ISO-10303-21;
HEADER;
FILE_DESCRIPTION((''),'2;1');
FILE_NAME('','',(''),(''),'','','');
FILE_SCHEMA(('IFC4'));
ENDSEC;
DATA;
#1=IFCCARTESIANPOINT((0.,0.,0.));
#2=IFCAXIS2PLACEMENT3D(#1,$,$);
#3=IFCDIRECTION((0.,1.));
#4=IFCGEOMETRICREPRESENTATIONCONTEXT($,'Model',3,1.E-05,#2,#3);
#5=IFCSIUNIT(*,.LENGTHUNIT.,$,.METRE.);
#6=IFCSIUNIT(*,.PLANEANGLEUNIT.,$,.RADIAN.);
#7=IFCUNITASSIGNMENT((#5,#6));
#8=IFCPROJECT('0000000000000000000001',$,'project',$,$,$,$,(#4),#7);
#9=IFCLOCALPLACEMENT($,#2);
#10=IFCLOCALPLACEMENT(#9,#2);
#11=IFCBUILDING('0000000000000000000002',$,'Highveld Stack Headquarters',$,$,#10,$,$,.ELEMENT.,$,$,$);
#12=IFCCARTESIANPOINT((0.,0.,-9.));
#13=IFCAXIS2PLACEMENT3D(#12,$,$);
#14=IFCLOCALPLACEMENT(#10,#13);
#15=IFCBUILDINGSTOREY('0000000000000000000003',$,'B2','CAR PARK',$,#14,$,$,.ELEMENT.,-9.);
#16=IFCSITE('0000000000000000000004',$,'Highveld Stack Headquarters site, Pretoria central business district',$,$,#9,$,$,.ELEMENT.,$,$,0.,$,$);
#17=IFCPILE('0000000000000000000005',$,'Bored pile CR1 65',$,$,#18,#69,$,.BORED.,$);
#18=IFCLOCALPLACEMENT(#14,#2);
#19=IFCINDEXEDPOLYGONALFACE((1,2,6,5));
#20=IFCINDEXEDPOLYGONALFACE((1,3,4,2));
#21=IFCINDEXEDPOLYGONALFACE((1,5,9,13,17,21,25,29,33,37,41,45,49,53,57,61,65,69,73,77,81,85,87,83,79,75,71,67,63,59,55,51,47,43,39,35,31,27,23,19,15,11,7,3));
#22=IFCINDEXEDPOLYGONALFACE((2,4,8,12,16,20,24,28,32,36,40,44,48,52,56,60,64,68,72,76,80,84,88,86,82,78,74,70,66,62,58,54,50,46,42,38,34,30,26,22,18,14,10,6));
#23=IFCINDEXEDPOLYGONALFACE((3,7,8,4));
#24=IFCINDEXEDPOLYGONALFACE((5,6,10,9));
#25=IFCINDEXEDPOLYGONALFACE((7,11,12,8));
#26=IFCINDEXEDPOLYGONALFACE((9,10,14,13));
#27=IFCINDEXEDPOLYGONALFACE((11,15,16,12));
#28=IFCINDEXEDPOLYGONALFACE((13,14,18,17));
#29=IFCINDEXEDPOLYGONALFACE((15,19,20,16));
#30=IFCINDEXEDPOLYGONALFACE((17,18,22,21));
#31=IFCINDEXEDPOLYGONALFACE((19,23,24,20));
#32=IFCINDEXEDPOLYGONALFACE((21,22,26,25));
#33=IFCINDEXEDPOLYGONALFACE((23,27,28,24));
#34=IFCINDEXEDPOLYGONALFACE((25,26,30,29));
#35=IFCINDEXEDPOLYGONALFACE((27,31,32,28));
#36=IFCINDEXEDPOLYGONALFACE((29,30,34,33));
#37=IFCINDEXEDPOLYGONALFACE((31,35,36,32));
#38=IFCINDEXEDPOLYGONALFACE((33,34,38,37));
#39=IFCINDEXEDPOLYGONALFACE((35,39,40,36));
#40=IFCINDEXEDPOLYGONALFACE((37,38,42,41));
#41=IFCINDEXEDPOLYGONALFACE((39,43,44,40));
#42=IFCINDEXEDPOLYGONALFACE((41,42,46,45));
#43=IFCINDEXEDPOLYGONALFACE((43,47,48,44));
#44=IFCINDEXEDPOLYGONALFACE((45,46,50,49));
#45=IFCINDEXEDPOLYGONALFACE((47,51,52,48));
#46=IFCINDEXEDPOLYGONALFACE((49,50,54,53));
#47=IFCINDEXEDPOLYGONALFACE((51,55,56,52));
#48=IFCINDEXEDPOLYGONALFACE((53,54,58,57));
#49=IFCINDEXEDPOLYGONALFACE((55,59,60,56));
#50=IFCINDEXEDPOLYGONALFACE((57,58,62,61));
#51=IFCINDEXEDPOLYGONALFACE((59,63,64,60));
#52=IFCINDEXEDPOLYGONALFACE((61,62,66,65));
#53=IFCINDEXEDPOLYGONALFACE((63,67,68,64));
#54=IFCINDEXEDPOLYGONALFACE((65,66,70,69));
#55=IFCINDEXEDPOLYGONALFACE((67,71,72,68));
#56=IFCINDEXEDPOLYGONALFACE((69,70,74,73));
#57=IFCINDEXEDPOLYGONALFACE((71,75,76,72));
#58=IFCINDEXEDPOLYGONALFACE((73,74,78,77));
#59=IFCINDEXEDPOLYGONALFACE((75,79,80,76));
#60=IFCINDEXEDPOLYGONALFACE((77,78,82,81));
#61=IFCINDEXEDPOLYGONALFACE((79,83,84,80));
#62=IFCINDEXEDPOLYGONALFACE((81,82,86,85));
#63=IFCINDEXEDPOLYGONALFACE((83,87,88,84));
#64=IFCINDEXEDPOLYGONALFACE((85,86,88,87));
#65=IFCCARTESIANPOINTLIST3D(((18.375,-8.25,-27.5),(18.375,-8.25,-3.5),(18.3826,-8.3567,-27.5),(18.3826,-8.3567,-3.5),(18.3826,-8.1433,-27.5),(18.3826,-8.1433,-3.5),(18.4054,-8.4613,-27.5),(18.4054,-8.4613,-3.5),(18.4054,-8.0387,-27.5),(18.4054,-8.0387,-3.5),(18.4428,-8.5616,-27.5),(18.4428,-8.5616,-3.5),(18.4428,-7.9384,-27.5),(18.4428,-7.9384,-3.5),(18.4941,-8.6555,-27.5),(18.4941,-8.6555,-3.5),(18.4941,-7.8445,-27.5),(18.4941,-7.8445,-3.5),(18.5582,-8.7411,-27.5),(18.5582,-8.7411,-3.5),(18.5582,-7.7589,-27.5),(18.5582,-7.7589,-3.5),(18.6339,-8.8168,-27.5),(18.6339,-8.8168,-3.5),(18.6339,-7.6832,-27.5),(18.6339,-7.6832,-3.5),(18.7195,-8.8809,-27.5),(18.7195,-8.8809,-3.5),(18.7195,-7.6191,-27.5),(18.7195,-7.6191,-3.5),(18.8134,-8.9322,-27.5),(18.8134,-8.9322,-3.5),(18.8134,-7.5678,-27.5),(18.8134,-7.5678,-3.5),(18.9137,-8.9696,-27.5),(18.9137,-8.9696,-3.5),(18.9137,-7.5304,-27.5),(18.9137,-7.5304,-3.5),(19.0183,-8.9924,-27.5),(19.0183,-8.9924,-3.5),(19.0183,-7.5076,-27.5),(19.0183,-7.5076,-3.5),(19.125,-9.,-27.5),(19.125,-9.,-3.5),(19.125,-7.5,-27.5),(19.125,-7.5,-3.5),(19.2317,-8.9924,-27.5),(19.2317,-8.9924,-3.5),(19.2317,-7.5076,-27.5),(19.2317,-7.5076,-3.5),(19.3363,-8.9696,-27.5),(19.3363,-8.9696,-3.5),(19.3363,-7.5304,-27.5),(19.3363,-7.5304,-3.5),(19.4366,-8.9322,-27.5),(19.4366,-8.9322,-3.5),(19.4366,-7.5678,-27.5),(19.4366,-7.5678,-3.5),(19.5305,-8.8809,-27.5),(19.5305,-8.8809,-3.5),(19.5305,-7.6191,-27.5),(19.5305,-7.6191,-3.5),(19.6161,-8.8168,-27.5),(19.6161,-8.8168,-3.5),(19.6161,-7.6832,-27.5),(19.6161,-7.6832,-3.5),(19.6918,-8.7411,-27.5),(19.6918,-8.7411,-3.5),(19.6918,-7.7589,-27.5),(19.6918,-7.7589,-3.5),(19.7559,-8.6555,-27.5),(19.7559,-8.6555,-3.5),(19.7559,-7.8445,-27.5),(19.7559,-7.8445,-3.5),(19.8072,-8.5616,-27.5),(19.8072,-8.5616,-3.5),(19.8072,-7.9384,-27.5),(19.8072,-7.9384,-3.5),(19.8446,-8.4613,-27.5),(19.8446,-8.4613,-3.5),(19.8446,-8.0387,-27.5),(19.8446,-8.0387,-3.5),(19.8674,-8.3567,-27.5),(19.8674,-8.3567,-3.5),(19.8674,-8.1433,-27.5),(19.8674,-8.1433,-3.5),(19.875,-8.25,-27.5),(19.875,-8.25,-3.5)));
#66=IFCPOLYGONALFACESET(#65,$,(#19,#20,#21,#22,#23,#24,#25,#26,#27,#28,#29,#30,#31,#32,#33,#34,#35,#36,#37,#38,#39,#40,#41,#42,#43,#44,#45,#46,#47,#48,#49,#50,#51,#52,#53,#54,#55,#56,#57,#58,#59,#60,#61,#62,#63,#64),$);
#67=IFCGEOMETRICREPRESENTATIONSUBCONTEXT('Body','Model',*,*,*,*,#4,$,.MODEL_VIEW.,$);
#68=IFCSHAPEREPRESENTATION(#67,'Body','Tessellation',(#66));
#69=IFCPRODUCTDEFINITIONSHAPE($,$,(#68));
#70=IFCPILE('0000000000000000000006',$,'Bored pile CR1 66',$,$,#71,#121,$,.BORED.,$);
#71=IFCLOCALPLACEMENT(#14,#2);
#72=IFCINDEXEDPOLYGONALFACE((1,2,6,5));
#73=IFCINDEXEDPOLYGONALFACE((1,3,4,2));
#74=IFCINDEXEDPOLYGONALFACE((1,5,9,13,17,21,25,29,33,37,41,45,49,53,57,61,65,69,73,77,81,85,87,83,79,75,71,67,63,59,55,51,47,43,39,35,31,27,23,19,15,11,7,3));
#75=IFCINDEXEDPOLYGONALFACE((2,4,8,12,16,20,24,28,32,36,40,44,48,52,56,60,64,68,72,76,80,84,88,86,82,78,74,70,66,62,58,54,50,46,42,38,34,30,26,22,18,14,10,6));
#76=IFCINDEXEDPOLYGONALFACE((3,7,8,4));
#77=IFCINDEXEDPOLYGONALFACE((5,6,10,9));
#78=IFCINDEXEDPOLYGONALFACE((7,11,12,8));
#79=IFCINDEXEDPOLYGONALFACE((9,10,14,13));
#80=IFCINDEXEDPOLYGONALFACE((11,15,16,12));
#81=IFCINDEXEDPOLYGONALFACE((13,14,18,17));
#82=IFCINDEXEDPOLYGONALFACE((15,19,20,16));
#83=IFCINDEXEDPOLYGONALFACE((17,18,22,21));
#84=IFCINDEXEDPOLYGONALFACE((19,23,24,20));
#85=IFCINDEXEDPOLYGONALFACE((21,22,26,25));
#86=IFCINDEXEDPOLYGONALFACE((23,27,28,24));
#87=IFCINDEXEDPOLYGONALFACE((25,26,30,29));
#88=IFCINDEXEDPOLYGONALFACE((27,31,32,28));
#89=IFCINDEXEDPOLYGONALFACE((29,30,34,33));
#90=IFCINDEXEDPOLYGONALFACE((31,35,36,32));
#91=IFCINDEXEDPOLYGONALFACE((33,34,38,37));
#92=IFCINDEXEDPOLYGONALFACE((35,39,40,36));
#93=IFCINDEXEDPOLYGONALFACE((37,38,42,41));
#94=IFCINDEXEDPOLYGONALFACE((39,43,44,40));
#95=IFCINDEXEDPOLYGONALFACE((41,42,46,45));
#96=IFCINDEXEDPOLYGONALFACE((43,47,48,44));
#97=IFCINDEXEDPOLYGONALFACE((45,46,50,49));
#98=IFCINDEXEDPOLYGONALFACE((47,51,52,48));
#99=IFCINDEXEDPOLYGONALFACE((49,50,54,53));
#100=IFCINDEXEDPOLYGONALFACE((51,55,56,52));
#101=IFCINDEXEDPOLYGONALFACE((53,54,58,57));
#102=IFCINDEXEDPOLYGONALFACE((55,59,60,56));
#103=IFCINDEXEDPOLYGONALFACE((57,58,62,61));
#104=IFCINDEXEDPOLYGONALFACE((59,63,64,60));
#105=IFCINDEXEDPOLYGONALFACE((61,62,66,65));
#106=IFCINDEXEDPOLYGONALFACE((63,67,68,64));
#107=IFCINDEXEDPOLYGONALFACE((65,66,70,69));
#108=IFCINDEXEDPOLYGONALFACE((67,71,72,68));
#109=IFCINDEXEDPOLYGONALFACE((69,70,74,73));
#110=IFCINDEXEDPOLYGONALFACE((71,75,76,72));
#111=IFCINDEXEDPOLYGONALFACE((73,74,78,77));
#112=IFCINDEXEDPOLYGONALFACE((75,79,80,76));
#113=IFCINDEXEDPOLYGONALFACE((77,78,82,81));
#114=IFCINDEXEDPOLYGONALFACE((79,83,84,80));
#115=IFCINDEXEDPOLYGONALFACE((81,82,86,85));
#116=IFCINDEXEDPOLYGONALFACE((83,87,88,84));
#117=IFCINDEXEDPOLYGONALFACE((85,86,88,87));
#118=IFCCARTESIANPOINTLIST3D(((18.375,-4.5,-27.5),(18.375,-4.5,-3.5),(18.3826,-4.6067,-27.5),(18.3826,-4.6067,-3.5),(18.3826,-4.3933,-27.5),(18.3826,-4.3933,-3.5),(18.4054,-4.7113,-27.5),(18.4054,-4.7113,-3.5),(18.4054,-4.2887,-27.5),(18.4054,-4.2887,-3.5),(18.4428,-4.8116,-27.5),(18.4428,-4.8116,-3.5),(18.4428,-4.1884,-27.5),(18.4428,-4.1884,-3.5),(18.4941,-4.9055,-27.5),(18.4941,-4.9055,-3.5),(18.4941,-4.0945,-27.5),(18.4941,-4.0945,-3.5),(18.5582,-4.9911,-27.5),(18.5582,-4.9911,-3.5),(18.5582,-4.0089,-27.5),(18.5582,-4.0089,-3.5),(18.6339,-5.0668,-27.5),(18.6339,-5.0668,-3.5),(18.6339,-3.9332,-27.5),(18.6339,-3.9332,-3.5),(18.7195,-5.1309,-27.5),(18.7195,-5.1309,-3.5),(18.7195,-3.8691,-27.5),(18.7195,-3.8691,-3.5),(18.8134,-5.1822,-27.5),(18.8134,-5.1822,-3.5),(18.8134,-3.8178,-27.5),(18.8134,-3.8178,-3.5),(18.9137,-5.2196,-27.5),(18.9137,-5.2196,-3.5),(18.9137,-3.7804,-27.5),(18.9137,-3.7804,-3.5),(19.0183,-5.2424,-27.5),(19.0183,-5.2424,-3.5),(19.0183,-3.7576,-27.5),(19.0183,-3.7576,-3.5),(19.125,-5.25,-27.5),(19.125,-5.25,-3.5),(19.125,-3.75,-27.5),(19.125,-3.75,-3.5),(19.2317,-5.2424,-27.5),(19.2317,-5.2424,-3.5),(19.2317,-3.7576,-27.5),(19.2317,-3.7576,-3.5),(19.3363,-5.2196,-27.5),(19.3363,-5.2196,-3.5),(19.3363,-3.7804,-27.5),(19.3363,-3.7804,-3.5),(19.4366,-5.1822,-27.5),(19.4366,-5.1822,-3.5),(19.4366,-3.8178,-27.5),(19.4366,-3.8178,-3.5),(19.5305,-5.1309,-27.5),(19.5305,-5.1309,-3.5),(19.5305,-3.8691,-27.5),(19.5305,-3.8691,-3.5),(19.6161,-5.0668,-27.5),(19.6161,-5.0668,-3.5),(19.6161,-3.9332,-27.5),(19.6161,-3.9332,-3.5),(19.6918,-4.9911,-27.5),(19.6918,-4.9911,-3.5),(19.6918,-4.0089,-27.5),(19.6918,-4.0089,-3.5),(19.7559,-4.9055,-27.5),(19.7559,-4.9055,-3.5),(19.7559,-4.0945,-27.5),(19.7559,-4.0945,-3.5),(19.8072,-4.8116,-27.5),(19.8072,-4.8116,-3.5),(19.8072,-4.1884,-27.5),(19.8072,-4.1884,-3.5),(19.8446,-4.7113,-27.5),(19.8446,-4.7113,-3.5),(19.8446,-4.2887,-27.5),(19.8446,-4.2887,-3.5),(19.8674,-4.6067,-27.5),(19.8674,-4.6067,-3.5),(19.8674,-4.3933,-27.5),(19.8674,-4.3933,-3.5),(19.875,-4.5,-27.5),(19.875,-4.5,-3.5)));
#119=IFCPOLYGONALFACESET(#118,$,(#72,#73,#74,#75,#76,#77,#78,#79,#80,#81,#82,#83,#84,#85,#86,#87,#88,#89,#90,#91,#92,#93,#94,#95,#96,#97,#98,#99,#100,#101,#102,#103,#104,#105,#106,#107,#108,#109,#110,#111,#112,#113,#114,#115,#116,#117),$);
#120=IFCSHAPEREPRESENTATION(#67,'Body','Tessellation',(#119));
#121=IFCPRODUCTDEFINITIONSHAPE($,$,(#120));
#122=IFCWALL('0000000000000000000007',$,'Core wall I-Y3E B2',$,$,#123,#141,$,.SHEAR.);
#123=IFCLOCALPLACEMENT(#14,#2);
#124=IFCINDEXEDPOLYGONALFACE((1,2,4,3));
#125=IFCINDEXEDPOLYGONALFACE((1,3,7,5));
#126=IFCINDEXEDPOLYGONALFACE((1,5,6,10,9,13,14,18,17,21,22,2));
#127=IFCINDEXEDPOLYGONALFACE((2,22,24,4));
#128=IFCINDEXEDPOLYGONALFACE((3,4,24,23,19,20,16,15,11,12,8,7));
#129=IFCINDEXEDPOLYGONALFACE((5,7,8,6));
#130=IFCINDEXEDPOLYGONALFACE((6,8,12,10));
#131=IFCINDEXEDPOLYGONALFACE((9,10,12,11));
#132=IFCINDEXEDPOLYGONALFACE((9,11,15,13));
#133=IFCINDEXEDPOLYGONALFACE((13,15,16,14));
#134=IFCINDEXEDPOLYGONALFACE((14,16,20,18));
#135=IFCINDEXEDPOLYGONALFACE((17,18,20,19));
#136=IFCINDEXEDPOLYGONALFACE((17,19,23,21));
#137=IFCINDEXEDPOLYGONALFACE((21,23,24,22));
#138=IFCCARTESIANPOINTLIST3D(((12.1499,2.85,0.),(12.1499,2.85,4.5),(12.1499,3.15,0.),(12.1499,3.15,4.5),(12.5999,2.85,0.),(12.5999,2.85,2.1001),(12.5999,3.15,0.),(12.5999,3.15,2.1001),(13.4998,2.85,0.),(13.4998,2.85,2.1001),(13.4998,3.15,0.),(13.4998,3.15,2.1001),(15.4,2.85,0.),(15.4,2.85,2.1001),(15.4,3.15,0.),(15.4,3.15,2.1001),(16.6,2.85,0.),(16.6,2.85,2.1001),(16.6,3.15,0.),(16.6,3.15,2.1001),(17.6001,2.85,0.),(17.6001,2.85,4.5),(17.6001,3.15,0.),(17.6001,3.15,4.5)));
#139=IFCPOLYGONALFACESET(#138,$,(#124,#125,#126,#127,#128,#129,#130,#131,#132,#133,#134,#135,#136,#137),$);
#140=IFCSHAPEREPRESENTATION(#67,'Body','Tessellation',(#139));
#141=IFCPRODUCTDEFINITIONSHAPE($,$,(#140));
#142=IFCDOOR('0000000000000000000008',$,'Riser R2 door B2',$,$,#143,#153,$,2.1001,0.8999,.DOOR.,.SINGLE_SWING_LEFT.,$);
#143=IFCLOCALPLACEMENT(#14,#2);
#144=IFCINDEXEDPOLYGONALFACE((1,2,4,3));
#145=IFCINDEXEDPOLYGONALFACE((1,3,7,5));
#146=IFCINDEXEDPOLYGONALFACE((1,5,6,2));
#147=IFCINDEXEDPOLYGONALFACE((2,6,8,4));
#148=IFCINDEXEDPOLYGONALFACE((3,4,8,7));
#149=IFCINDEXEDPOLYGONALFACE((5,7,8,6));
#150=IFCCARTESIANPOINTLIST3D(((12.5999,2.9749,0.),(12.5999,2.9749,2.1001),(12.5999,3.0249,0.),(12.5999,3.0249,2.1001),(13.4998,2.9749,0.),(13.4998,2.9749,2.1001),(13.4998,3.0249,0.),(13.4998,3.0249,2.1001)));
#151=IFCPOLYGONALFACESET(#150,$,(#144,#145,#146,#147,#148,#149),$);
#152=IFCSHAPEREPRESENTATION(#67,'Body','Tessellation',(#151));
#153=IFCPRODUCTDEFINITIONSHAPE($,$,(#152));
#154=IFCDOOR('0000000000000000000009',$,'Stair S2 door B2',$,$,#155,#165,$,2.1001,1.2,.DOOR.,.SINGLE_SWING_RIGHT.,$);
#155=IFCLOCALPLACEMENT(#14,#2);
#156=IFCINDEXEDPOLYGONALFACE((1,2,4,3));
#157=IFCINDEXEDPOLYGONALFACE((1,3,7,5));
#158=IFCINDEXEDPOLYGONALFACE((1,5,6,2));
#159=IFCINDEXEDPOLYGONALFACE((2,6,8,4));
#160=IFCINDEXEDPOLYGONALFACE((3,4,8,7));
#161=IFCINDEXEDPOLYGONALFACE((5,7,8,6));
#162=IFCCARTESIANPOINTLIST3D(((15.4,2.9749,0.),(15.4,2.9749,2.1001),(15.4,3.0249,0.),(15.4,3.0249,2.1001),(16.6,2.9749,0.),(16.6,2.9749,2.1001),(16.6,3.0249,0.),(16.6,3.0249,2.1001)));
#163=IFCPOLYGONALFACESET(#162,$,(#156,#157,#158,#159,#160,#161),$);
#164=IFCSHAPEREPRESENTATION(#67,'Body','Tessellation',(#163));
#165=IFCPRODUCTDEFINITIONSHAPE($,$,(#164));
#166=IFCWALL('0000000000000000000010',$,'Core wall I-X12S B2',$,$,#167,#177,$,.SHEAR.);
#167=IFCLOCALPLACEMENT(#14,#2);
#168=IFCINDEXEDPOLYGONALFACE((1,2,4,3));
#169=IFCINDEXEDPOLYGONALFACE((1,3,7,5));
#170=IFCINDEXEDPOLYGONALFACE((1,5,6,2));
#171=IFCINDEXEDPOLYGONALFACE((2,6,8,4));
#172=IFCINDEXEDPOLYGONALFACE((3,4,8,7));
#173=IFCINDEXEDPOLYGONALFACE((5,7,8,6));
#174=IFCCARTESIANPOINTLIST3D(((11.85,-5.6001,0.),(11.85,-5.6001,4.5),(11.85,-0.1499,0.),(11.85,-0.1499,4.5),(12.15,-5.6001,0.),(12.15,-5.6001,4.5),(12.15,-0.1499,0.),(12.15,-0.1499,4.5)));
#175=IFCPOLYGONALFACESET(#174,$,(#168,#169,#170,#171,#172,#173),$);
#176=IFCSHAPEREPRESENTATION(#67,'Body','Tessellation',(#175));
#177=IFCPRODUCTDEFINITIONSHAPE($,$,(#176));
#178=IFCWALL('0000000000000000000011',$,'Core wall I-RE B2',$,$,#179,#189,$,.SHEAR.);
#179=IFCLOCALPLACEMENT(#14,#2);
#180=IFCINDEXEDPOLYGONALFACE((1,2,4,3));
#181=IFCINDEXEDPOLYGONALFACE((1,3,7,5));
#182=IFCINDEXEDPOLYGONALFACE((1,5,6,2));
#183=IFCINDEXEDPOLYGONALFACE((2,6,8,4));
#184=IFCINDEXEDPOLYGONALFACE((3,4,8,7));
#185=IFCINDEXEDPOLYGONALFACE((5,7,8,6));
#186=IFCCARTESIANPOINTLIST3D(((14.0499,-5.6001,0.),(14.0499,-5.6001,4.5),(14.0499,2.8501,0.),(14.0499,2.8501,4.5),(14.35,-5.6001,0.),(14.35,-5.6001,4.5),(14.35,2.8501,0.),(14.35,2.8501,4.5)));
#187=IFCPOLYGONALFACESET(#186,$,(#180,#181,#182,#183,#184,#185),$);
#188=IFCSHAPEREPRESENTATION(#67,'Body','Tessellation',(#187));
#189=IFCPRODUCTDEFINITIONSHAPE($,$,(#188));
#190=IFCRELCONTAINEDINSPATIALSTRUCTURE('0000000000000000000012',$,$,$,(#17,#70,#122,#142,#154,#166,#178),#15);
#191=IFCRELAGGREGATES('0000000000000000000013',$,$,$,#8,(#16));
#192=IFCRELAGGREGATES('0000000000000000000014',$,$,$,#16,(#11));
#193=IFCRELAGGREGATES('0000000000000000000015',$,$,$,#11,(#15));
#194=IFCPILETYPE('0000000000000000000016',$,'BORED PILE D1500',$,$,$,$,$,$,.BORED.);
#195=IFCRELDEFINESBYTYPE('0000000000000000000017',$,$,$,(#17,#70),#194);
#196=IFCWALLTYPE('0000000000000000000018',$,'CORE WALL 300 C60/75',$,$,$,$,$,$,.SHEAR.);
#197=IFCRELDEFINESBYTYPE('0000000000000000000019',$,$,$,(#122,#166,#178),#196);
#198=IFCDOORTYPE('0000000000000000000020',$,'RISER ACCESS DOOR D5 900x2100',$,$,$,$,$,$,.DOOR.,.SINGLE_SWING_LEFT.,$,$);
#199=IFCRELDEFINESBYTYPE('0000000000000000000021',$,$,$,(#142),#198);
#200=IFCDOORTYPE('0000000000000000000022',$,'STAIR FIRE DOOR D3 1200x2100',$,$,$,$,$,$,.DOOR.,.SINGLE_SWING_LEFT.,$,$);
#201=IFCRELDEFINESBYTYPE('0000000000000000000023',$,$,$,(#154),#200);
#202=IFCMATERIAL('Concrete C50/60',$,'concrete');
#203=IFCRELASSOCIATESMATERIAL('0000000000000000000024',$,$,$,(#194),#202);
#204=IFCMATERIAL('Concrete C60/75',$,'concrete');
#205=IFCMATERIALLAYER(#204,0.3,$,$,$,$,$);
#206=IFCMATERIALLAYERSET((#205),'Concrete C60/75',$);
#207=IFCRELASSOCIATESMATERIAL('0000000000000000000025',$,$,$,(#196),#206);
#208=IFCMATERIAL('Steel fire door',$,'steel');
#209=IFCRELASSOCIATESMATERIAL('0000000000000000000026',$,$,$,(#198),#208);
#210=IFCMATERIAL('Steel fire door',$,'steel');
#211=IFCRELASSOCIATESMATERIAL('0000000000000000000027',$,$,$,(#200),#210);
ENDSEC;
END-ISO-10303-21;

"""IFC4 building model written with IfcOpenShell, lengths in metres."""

from ifc_helpers import new_model, si_unit, direction, frame, frame_2d, origin, origin_2d, place, context, subcontext, project, spatial, rectangle, circle, extrude, material, layer, layer_set, type_object, element, fill, save


model = new_model("IFC4")

# Units and contexts
model_context = context("Model", 3, precision=1e-05, world=origin(), true_north=direction((0.0, 1.0)))
body_context = subcontext(model_context, "Body", "Model", "MODEL_VIEW")
ifc_project = project(units=[si_unit("LENGTHUNIT", "METRE"), si_unit("PLANEANGLEUNIT", "RADIAN")], contexts=[model_context])

# Site, building, storey
site_placement = place(None, origin())
site = spatial("IfcSite", under=ifc_project, at=site_placement, Name="Highveld Stack Headquarters site, Pretoria central business district", CompositionType="ELEMENT", RefElevation=0.0)
building_placement = place(site_placement, origin())
building = spatial("IfcBuilding", under=site, at=building_placement, Name="Highveld Stack Headquarters", CompositionType="ELEMENT")
storey_placement = place(building_placement, frame((0.0, 0.0, -9.0)))
storey = spatial("IfcBuildingStorey", under=building, at=storey_placement, Name="B2", Description="CAR PARK", CompositionType="ELEMENT", Elevation=-9.0)

# Piles
ifc_material_1 = material(Name="Concrete C50/60", Category="concrete")
pile_type = type_object("IfcPileType", Name="BORED PILE D1500", PredefinedType="BORED", material=ifc_material_1)
for number, where, z_axis, x_axis, name in (
    (1, (19.125, -8.25, -3.5), (0.0, 0.0, -1.0), (1.0, 0.0, 0.0), "Bored pile CR1 65"),
    (2, (19.125, -4.5, -3.5), (0.0, 0.0, -1.0), (1.0, 0.0, 0.0), "Bored pile CR1 66"),
):
    element("IfcPile", number, at=place(storey_placement, frame(where, z_axis=z_axis, x_axis=x_axis)), inside=storey, type_object=pile_type, Name=name, PredefinedType="BORED", context=body_context, shape_type="SweptSolid", body=[
        extrude(circle(Radius=0.75, at=origin_2d()), origin(), (0.0, 0.0, 1.0), 24.0),
    ])

# Wall, openings, doors
ifc_material_2 = material(Name="Concrete C60/75", Category="concrete")
ifc_layer_1 = layer(ifc_material_2, 0.3)
ifc_layer_set_1 = layer_set([ifc_layer_1], Name="Concrete C60/75")
wall_type_1 = type_object("IfcWallType", Name="CORE WALL 300 C60/75", PredefinedType="SHEAR", material=ifc_layer_set_1)
wall_1_placement = place(storey_placement, frame((12.1499, 3.0, 0.0), z_axis=(0.0, 0.0, 1.0), x_axis=(1.0, 0.0, 0.0)))
wall_1 = element("IfcWall", 3, at=wall_1_placement, inside=storey, type_object=wall_type_1, Name="Core wall I-Y3E B2", PredefinedType="SHEAR", context=body_context, shape_type="SweptSolid", body=[
    extrude(rectangle(XDim=5.4502, YDim=0.3, at=frame_2d((2.7251, 0.0))), origin(), (0.0, 0.0, 1.0), 4.5),
])
opening_1_placement = place(wall_1_placement, frame((3.25, 0.0, 0.0)))
opening_1 = element("IfcOpeningElement", 4, at=opening_1_placement, cuts=wall_1, PredefinedType="OPENING", context=body_context, shape_type="SweptSolid", body=[
    extrude(rectangle(XDim=1.2, YDim=2.1001, at=frame_2d((0.6001, 1.05))), frame((0.0, 0.1599, 0.0), z_axis=(0.0, -1.0, 0.0), x_axis=(1.0, 0.0, 0.0)), (0.0, 0.0, 1.0), 0.3201),
])
opening_2_placement = place(wall_1_placement, frame((0.45, 0.0, 0.0)))
opening_2 = element("IfcOpeningElement", 5, at=opening_2_placement, cuts=wall_1, PredefinedType="OPENING", context=body_context, shape_type="SweptSolid", body=[
    extrude(rectangle(XDim=0.8999, YDim=2.1001, at=frame_2d((0.45, 1.05))), frame((0.0, 0.1599, 0.0), z_axis=(0.0, -1.0, 0.0), x_axis=(1.0, 0.0, 0.0)), (0.0, 0.0, 1.0), 0.3201),
])
ifc_material_3 = material(Name="Steel fire door", Category="steel")
door_type_1 = type_object("IfcDoorType", Name="RISER ACCESS DOOR D5 900x2100", OperationType="SINGLE_SWING_LEFT", PredefinedType="DOOR", material=ifc_material_3)
door_1_placement = place(opening_2_placement, origin())
door_1 = element("IfcDoor", 6, at=door_1_placement, inside=storey, type_object=door_type_1, Name="Riser R2 door B2", OperationType="SINGLE_SWING_LEFT", OverallHeight=2.1001, OverallWidth=0.8999, PredefinedType="DOOR", context=body_context, shape_type="SweptSolid", body=[
    extrude(rectangle(XDim=0.8999, YDim=2.1001, at=frame_2d((0.45, 1.05))), frame((0.0, 0.0249, 0.0), z_axis=(0.0, -1.0, 0.0), x_axis=(1.0, 0.0, 0.0)), (0.0, 0.0, 1.0), 0.05),
])
fill(opening_2, door_1)
ifc_material_4 = material(Name="Steel fire door", Category="steel")
door_type_2 = type_object("IfcDoorType", Name="STAIR FIRE DOOR D3 1200x2100", OperationType="SINGLE_SWING_LEFT", PredefinedType="DOOR", material=ifc_material_4)
door_2_placement = place(opening_1_placement, origin())
door_2 = element("IfcDoor", 7, at=door_2_placement, inside=storey, type_object=door_type_2, Name="Stair S2 door B2", OperationType="SINGLE_SWING_RIGHT", OverallHeight=2.1001, OverallWidth=1.2, PredefinedType="DOOR", context=body_context, shape_type="SweptSolid", body=[
    extrude(rectangle(XDim=1.2, YDim=2.1001, at=frame_2d((0.6001, 1.05))), frame((0.0, 0.0249, 0.0), z_axis=(0.0, -1.0, 0.0), x_axis=(1.0, 0.0, 0.0)), (0.0, 0.0, 1.0), 0.05),
])
fill(opening_1, door_2)

# Walls
wall_2_placement = place(storey_placement, frame((12.0, -5.6001, 0.0), z_axis=(0.0, 0.0, 1.0), x_axis=(0.0, 1.0, 0.0)))
element("IfcWall", 8, at=wall_2_placement, inside=storey, type_object=wall_type_1, Name="Core wall I-X12S B2", PredefinedType="SHEAR", context=body_context, shape_type="SweptSolid", body=[
    extrude(rectangle(XDim=5.4502, YDim=0.3, at=frame_2d((2.7251, 0.0))), origin(), (0.0, 0.0, 1.0), 4.5),
])
wall_3_placement = place(storey_placement, frame((14.2, -5.6001, 0.0), z_axis=(0.0, 0.0, 1.0), x_axis=(0.0, 1.0, 0.0)))
element("IfcWall", 9, at=wall_3_placement, inside=storey, type_object=wall_type_1, Name="Core wall I-RE B2", PredefinedType="SHEAR", context=body_context, shape_type="SweptSolid", body=[
    extrude(rectangle(XDim=8.4502, YDim=0.3, at=frame_2d((4.2251, 0.0))), origin(), (0.0, 0.0, 1.0), 4.5),
])

save(model, "model.ifc")
